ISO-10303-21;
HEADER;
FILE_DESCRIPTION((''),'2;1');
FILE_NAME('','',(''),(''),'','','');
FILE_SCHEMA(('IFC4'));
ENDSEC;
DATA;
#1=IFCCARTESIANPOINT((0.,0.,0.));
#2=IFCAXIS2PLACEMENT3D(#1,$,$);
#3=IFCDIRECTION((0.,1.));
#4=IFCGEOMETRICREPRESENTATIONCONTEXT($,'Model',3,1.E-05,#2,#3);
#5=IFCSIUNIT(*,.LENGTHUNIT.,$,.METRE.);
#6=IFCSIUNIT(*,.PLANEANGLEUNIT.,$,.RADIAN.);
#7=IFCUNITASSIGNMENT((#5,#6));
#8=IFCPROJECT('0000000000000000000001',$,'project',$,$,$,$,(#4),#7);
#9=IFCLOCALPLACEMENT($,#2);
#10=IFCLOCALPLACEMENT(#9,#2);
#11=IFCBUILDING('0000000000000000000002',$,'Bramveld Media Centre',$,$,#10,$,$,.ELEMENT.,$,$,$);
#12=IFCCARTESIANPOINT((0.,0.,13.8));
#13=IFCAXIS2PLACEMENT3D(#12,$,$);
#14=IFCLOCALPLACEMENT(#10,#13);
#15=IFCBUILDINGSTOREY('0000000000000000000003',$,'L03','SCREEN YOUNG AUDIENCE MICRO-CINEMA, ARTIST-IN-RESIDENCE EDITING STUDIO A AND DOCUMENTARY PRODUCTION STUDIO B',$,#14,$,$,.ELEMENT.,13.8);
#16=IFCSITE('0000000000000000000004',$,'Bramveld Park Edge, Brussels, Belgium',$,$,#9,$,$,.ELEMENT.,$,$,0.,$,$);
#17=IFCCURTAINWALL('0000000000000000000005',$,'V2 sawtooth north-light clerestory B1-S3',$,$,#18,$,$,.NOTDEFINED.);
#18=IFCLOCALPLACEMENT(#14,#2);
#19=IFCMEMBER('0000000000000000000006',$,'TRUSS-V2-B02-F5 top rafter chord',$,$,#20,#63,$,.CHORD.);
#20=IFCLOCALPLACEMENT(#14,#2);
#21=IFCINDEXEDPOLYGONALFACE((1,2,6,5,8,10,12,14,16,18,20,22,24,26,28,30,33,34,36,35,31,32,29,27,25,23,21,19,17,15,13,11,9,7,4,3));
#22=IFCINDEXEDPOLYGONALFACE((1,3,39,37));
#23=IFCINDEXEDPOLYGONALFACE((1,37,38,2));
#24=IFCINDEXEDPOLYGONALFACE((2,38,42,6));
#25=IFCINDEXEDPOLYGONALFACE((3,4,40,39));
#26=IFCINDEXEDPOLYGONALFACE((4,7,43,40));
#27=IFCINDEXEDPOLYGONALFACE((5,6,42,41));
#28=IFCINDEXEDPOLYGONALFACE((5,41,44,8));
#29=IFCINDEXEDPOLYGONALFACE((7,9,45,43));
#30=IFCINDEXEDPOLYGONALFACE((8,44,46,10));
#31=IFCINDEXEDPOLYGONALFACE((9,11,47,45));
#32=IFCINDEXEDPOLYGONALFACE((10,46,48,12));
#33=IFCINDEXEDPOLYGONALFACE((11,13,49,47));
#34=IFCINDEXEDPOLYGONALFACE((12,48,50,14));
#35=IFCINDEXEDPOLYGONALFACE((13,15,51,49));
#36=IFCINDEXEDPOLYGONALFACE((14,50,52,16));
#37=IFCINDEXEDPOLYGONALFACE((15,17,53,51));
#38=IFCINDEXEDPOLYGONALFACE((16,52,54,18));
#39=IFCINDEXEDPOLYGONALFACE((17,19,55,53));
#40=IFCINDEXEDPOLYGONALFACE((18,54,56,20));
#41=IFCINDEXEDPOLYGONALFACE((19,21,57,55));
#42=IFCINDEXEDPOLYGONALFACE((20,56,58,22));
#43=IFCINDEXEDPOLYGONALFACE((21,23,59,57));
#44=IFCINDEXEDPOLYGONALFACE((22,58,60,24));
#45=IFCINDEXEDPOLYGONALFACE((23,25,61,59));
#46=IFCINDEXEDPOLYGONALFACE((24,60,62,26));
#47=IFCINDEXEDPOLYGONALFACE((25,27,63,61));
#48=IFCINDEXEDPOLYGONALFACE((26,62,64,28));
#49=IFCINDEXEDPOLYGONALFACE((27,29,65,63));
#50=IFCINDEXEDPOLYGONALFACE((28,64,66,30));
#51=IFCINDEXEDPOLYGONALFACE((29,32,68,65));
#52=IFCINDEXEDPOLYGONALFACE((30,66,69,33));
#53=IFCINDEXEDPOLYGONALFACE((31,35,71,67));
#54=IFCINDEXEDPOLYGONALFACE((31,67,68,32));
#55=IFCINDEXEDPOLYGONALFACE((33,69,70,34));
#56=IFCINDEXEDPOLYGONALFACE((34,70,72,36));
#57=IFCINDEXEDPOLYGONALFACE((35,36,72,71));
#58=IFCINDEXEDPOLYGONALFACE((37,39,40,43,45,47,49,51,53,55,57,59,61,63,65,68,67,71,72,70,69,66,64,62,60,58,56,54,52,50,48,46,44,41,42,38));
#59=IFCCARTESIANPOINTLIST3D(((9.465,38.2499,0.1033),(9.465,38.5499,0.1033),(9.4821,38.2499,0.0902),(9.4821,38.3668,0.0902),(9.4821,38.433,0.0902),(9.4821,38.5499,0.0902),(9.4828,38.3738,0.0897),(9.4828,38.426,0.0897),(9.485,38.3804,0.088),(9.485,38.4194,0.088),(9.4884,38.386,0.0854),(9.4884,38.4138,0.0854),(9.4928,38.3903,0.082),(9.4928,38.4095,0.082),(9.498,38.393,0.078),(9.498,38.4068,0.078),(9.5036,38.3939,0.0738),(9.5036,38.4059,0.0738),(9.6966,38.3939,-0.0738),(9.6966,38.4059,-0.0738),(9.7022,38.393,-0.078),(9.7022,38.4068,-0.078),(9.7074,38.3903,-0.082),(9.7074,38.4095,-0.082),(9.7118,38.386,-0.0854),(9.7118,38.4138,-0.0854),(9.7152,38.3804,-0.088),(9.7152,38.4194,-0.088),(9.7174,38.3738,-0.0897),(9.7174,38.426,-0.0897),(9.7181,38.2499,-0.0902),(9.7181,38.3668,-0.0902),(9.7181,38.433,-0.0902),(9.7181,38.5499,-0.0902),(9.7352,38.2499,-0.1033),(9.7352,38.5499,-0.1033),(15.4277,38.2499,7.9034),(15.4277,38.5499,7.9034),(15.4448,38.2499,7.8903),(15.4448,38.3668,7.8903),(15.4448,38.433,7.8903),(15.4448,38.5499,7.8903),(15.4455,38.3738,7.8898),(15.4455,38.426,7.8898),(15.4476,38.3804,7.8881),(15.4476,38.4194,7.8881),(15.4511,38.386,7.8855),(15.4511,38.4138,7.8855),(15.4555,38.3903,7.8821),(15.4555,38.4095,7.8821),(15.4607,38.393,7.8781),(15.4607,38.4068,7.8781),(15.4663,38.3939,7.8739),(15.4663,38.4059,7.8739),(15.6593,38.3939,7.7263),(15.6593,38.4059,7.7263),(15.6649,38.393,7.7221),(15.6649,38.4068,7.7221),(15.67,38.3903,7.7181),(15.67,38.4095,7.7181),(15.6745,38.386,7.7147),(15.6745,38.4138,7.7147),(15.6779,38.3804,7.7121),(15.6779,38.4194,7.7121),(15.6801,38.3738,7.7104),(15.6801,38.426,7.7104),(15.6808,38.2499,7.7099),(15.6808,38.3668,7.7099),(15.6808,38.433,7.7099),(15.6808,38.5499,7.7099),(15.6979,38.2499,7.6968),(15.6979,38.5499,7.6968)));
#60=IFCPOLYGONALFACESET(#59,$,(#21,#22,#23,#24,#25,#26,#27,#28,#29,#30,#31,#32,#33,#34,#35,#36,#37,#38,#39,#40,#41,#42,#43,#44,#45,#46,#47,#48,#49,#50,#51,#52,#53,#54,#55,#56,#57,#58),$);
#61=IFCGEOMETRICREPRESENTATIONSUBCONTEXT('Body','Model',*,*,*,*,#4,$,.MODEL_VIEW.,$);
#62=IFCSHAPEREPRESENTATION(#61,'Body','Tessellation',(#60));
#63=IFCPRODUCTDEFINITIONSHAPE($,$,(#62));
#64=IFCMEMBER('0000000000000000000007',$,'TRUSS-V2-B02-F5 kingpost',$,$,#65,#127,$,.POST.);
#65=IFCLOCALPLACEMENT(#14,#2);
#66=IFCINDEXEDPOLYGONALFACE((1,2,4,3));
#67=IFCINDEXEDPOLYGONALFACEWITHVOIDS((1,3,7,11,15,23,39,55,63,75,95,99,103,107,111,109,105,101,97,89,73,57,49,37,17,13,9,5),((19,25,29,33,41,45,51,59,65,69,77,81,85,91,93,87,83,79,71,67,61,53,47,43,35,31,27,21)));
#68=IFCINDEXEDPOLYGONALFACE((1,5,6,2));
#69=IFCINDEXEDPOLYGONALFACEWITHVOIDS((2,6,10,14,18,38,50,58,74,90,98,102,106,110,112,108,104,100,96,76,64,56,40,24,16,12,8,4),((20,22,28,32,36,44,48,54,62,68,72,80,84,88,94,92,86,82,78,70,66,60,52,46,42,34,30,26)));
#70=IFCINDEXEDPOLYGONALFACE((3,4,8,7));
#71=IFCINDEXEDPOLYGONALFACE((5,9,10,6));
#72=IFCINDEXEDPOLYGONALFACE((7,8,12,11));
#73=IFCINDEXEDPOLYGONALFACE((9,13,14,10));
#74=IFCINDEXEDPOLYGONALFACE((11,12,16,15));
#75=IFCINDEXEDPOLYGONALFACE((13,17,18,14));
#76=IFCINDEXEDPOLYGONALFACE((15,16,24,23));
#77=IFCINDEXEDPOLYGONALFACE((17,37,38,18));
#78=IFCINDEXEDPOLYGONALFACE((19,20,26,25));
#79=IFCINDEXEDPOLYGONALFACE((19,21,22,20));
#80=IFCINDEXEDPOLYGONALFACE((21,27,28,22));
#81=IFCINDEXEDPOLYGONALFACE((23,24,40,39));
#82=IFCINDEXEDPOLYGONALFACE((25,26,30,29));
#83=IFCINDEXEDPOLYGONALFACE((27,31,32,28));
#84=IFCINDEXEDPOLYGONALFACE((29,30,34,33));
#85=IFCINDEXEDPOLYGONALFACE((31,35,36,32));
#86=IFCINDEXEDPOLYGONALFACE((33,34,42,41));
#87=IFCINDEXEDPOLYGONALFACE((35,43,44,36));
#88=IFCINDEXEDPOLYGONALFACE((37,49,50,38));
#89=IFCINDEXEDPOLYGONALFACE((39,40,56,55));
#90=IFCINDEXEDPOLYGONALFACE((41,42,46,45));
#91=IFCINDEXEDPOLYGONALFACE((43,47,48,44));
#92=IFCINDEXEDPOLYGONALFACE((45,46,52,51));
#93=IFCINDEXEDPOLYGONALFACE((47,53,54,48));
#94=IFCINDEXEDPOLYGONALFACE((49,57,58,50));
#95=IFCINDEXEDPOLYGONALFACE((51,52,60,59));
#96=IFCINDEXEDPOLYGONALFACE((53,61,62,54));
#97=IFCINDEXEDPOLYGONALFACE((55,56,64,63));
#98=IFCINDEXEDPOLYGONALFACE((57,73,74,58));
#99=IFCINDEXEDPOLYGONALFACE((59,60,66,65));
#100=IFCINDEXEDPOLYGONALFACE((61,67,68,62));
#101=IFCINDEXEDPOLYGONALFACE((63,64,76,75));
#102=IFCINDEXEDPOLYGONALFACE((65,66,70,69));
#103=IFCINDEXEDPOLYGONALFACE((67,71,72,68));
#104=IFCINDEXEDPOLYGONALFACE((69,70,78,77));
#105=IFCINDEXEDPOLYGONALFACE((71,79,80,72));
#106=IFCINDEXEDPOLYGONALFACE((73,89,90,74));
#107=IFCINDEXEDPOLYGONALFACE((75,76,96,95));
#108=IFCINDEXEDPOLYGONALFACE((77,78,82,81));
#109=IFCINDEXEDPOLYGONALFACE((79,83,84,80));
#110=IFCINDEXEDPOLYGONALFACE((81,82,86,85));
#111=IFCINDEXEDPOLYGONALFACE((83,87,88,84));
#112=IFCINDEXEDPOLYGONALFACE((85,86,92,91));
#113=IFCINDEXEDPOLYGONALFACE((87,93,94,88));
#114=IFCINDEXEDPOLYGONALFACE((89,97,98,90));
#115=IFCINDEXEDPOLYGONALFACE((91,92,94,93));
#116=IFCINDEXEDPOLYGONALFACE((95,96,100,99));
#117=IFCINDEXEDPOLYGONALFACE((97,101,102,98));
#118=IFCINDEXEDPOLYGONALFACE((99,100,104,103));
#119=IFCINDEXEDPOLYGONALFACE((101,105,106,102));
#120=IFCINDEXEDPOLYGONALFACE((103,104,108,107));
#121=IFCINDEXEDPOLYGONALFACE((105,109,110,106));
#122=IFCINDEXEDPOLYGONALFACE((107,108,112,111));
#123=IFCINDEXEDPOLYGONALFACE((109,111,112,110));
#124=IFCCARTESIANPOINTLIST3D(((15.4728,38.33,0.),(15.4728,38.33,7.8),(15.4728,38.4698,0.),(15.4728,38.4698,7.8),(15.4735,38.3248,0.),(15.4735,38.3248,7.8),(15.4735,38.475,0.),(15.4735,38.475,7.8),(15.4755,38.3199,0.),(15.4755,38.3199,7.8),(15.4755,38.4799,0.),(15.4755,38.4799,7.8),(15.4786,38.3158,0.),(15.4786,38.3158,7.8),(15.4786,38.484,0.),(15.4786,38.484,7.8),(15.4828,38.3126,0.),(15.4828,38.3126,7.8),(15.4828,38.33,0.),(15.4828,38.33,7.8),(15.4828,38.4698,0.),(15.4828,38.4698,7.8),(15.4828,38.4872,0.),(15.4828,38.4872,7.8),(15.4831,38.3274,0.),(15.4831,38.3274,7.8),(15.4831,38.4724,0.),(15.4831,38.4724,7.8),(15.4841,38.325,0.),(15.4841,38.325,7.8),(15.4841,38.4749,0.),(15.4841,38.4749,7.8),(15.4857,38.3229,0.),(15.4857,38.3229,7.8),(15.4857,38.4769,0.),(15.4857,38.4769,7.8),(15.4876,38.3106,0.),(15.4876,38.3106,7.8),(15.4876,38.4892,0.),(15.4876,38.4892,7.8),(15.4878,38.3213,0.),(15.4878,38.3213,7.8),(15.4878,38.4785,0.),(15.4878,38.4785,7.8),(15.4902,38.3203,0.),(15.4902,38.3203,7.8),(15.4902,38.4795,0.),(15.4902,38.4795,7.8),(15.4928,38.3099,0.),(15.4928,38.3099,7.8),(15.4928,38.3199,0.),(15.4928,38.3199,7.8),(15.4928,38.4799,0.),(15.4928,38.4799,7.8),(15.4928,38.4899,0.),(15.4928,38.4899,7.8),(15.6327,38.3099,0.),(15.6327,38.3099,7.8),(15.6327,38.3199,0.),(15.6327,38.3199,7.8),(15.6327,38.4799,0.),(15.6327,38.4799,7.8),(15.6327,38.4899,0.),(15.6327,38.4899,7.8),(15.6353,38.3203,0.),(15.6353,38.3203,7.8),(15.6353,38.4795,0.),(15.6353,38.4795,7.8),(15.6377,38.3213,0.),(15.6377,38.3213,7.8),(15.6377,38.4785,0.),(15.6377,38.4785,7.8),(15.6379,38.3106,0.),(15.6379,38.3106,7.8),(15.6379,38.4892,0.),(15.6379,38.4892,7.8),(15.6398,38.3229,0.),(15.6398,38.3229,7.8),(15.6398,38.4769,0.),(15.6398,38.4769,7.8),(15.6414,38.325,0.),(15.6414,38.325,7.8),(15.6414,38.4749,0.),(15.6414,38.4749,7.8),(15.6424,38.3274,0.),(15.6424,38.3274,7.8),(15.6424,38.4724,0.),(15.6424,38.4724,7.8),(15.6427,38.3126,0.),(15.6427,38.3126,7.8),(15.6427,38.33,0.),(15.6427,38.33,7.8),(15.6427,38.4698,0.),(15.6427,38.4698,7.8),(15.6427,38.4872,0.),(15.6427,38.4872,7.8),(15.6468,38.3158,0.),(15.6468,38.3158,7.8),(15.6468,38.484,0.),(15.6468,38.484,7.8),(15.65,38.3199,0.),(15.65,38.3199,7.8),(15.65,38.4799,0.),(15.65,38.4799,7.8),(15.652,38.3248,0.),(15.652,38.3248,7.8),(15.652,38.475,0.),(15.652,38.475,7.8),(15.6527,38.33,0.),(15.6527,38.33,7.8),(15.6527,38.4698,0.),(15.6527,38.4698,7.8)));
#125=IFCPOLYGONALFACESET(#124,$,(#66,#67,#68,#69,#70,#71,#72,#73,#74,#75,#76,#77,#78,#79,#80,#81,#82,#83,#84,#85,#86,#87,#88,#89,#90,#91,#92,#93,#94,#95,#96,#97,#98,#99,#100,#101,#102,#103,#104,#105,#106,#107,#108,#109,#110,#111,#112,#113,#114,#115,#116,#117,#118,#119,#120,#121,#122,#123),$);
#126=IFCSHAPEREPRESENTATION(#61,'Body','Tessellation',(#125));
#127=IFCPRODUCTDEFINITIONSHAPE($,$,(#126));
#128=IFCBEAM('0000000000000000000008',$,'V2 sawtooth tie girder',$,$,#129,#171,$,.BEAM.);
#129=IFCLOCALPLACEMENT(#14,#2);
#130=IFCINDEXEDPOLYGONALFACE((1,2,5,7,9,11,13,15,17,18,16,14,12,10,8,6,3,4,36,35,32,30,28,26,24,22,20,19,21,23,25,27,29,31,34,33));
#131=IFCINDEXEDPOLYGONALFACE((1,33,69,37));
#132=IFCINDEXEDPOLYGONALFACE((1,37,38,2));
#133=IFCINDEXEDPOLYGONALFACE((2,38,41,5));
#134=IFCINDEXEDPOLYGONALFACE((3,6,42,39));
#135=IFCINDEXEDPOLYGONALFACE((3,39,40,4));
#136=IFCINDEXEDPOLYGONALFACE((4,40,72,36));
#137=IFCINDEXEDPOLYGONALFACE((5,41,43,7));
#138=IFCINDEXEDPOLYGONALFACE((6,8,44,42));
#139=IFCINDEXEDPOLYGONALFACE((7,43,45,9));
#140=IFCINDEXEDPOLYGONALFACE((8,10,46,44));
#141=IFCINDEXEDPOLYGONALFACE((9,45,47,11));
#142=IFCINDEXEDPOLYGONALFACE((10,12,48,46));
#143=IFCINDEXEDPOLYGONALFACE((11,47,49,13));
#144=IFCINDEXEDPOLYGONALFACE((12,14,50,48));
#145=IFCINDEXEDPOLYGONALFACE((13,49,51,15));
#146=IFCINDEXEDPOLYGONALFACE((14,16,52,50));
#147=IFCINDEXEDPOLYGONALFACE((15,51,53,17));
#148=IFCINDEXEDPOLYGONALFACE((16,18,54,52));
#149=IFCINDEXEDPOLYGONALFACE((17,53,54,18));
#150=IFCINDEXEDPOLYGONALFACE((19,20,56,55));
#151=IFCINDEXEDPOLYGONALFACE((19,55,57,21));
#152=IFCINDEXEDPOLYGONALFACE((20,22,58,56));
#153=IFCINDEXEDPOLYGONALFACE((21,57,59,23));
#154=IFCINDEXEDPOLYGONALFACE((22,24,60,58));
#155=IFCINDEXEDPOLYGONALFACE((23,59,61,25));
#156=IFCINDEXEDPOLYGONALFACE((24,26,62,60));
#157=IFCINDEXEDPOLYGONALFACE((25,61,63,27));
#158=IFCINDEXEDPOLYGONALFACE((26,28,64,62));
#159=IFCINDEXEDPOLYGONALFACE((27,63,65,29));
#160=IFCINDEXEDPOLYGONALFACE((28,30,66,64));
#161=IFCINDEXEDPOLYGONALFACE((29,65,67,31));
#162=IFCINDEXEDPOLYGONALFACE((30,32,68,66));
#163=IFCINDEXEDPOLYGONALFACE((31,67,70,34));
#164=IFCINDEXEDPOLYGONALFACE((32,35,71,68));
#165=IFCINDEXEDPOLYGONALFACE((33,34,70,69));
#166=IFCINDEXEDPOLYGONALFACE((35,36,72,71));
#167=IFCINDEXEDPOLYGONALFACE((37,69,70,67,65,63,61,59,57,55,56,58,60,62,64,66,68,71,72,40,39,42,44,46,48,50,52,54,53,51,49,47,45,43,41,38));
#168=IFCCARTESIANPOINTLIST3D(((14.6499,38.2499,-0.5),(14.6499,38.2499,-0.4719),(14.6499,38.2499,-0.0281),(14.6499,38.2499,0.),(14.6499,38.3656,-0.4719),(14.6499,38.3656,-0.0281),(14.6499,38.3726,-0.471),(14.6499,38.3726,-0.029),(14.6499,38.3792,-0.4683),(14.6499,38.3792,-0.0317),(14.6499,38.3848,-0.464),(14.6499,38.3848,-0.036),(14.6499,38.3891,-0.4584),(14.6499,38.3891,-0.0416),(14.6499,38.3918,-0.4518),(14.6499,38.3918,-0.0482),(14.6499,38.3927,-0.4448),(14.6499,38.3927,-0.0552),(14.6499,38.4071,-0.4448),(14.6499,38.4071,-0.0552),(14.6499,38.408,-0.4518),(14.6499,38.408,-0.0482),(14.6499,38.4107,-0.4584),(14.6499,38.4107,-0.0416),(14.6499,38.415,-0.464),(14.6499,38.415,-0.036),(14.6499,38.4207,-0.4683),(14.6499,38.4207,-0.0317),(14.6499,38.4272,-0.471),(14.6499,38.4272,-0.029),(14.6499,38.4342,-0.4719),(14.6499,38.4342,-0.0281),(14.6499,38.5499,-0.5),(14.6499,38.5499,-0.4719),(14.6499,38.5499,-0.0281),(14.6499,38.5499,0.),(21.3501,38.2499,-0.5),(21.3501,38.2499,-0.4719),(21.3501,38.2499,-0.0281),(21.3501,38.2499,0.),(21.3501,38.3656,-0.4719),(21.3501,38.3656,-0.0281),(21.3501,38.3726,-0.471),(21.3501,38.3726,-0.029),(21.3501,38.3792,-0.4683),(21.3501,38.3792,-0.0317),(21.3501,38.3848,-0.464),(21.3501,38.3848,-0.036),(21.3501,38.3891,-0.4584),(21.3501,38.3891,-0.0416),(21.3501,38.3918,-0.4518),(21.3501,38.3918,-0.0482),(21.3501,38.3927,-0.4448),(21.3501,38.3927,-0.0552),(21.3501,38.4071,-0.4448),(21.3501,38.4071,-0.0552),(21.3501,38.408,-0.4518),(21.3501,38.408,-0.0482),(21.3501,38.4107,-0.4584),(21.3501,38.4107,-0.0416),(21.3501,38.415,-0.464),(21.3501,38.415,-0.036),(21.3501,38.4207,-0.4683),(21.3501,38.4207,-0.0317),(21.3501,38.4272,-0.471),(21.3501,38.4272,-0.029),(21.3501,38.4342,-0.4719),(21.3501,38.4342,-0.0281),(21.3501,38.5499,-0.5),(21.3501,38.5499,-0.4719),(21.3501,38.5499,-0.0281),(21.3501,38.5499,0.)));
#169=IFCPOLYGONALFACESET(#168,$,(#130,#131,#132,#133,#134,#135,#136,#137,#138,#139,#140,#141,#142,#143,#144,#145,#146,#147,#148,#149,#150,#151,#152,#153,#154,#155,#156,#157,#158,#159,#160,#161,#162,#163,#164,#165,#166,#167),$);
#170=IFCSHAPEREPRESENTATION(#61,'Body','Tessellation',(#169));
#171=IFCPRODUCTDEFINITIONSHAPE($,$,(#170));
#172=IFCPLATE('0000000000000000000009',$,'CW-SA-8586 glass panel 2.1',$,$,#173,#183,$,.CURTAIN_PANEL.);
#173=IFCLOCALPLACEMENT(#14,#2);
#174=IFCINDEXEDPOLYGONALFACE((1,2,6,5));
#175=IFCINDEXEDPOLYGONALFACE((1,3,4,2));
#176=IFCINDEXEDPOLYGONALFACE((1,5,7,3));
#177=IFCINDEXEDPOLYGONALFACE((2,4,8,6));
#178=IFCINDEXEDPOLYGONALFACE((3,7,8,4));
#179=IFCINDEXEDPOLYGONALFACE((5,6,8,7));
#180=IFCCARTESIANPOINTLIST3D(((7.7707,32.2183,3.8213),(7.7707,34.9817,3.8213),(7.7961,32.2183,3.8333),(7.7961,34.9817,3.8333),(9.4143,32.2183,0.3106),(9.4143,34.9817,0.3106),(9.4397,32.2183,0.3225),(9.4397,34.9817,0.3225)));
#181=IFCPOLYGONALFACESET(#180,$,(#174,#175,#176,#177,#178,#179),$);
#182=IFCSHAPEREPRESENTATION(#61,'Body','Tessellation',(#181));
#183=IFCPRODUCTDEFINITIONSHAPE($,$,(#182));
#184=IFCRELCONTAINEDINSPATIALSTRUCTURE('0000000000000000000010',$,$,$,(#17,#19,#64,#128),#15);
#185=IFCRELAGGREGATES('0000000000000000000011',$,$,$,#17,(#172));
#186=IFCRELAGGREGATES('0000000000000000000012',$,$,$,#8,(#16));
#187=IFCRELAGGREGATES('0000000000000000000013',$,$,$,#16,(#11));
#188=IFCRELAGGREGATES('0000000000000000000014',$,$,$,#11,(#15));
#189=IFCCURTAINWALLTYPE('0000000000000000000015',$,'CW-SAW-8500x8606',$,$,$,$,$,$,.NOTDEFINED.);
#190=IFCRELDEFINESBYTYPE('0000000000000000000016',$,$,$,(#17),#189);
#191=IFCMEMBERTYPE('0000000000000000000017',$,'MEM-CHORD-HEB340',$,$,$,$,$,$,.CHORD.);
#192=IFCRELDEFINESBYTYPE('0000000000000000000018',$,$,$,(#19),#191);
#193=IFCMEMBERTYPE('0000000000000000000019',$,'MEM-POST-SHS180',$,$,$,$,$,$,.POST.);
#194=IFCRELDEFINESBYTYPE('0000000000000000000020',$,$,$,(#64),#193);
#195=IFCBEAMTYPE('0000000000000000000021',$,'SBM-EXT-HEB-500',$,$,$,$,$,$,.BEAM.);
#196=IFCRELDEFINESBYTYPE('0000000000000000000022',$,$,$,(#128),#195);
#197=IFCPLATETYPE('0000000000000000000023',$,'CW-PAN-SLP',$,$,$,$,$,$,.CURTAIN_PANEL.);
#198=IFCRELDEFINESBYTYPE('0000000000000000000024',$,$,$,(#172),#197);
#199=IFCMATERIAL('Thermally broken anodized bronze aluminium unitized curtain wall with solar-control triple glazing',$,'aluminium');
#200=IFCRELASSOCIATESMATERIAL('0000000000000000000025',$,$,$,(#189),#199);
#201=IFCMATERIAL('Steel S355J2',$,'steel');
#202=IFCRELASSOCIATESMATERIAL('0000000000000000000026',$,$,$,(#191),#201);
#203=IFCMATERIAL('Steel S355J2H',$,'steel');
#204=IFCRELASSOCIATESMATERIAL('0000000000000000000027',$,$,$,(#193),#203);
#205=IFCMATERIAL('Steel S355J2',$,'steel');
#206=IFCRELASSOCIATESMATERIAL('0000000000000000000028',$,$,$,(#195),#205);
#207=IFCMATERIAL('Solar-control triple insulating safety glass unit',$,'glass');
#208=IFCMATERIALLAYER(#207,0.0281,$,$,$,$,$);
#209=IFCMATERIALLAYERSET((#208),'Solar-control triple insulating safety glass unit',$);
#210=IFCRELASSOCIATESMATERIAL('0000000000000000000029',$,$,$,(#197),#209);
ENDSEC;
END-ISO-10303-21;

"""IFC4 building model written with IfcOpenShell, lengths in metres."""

from ifc_helpers import new_model, si_unit, direction, frame, origin, origin_2d, place, context, subcontext, project, spatial, polyline, hollow_rectangle, i_section, outline, extrude, material, layer, layer_set, material_profile, profile_set, type_object, element, aggregate, save


model = new_model("IFC4")

# Units and contexts
model_context = context("Model", 3, precision=1e-05, world=origin(), true_north=direction((0.0, 1.0)))
body_context = subcontext(model_context, "Body", "Model", "MODEL_VIEW")
ifc_project = project(units=[si_unit("LENGTHUNIT", "METRE"), si_unit("PLANEANGLEUNIT", "RADIAN")], contexts=[model_context])

# Site, building, storey
site_placement = place(None, origin())
site = spatial("IfcSite", under=ifc_project, at=site_placement, Name="Bramveld Park Edge, Brussels, Belgium", CompositionType="ELEMENT", RefElevation=0.0)
building_placement = place(site_placement, origin())
building = spatial("IfcBuilding", under=site, at=building_placement, Name="Bramveld Media Centre", CompositionType="ELEMENT")
storey_placement = place(building_placement, frame((0.0, 0.0, 13.8)))
storey = spatial("IfcBuildingStorey", under=building, at=storey_placement, Name="L03", Description="SCREEN YOUNG AUDIENCE MICRO-CINEMA, ARTIST-IN-RESIDENCE EDITING STUDIO A AND DOCUMENTARY PRODUCTION STUDIO B", CompositionType="ELEMENT", Elevation=13.8)

# Curtain wall
ifc_material_1 = material(Name="Thermally broken anodized bronze aluminium unitized curtain wall with solar-control triple glazing", Category="aluminium")
curtain_wall_type = type_object("IfcCurtainWallType", Name="CW-SAW-8500x8606", PredefinedType="NOTDEFINED", material=ifc_material_1)
curtain_wall_1_placement = place(storey_placement, origin())
curtain_wall_1 = element("IfcCurtainWall", 1, at=curtain_wall_1_placement, inside=storey, type_object=curtain_wall_type, Name="V2 sawtooth north-light clerestory B1-S3", PredefinedType="NOTDEFINED")

# Members
ifc_material_2 = material(Name="Steel S355J2", Category="steel")
ifc_material_profile_1 = material_profile(ifc_material_2, i_section(OverallWidth=0.3, OverallDepth=0.3401, WebThickness=0.012, FlangeThickness=0.0215, FilletRadius=0.0271, at=origin_2d()), Name="HEB 340")
ifc_profile_set_1 = profile_set([ifc_material_profile_1], Name="Steel S355J2")
member_type_1 = type_object("IfcMemberType", Name="MEM-CHORD-HEB340", PredefinedType="CHORD", material=ifc_profile_set_1)
member_1_placement = place(storey_placement, frame((9.6001, 38.3999, 0.0), z_axis=(0.607315, 0.0, 0.794461), x_axis=(0.0, 1.0, 0.0)))
element("IfcMember", 2, at=member_1_placement, inside=storey, type_object=member_type_1, Name="TRUSS-V2-B02-F5 top rafter chord", PredefinedType="CHORD", context=body_context, shape_type="SweptSolid", body=[
    extrude(i_section(OverallWidth=0.3, OverallDepth=0.3401, WebThickness=0.012, FlangeThickness=0.0215, FilletRadius=0.0271, at=origin_2d()), origin(), (0.0, 0.0, 1.0), 9.8181),
])
ifc_material_3 = material(Name="Steel S355J2H", Category="steel")
ifc_material_profile_2 = material_profile(ifc_material_3, hollow_rectangle(XDim=0.1799, YDim=0.1799, WallThickness=0.01, InnerFilletRadius=0.01, OuterFilletRadius=0.02, at=origin_2d()), Name="SHS 180x180x10")
ifc_profile_set_2 = profile_set([ifc_material_profile_2], Name="Steel S355J2H")
member_type_2 = type_object("IfcMemberType", Name="MEM-POST-SHS180", PredefinedType="POST", material=ifc_profile_set_2)
member_2_placement = place(storey_placement, frame((15.5627, 38.3999, 0.0), z_axis=(0.0, 0.0, 1.0), x_axis=(1.0, 0.0, 0.0)))
element("IfcMember", 3, at=member_2_placement, inside=storey, type_object=member_type_2, Name="TRUSS-V2-B02-F5 kingpost", PredefinedType="POST", context=body_context, shape_type="SweptSolid", body=[
    extrude(hollow_rectangle(XDim=0.1799, YDim=0.1799, WallThickness=0.01, InnerFilletRadius=0.01, OuterFilletRadius=0.02, at=origin_2d()), origin(), (0.0, 0.0, 1.0), 7.8),
])

# Beam
ifc_material_4 = material(Name="Steel S355J2", Category="steel")
ifc_material_profile_3 = material_profile(ifc_material_4, i_section(OverallWidth=0.3, OverallDepth=0.5, WebThickness=0.0144, FlangeThickness=0.0281, FilletRadius=0.0271, at=origin_2d()), Name="HEB 500")
ifc_profile_set_3 = profile_set([ifc_material_profile_3], Name="Steel S355J2")
beam_type = type_object("IfcBeamType", Name="SBM-EXT-HEB-500", PredefinedType="BEAM", material=ifc_profile_set_3)
beam_placement = place(storey_placement, frame((14.6499, 38.3999, -0.25), z_axis=(1.0, 0.0, 0.0), x_axis=(0.0, 1.0, 0.0)))
element("IfcBeam", 4, at=beam_placement, inside=storey, type_object=beam_type, Name="V2 sawtooth tie girder", PredefinedType="BEAM", context=body_context, shape_type="SweptSolid", body=[
    extrude(i_section(OverallWidth=0.3, OverallDepth=0.5, WebThickness=0.0144, FlangeThickness=0.0281, FilletRadius=0.0271, at=origin_2d()), origin(), (0.0, 0.0, 1.0), 6.7002),
])

# Plate
ifc_material_5 = material(Name="Solar-control triple insulating safety glass unit", Category="glass")
ifc_layer_1 = layer(ifc_material_5, 0.0281)
ifc_layer_set_1 = layer_set([ifc_layer_1], Name="Solar-control triple insulating safety glass unit")
plate_type_1 = type_object("IfcPlateType", Name="CW-PAN-SLP", PredefinedType="CURTAIN_PANEL", material=ifc_layer_set_1)
plate_1_placement = place(storey_placement, frame((9.4397, 32.2183, 0.3225), z_axis=(0.905668, 0.0, 0.423988), x_axis=(0.0, 1.0, 0.0)))
plate_1 = element("IfcPlate", 5, at=plate_1_placement, type_object=plate_type_1, Name="CW-SA-8586 glass panel 2.1", PredefinedType="CURTAIN_PANEL", context=body_context, shape_type="SweptSolid", body=[
    extrude(outline(polyline([(0.0, 0.0), (2.7634, 0.0), (2.7634, 3.8764), (0.0, 3.8764), (0.0, 0.0)])), origin(), (0.0, 0.0, -1.0), 0.0281),
])
aggregate(curtain_wall_1, [plate_1])

save(model, "model.ifc")
